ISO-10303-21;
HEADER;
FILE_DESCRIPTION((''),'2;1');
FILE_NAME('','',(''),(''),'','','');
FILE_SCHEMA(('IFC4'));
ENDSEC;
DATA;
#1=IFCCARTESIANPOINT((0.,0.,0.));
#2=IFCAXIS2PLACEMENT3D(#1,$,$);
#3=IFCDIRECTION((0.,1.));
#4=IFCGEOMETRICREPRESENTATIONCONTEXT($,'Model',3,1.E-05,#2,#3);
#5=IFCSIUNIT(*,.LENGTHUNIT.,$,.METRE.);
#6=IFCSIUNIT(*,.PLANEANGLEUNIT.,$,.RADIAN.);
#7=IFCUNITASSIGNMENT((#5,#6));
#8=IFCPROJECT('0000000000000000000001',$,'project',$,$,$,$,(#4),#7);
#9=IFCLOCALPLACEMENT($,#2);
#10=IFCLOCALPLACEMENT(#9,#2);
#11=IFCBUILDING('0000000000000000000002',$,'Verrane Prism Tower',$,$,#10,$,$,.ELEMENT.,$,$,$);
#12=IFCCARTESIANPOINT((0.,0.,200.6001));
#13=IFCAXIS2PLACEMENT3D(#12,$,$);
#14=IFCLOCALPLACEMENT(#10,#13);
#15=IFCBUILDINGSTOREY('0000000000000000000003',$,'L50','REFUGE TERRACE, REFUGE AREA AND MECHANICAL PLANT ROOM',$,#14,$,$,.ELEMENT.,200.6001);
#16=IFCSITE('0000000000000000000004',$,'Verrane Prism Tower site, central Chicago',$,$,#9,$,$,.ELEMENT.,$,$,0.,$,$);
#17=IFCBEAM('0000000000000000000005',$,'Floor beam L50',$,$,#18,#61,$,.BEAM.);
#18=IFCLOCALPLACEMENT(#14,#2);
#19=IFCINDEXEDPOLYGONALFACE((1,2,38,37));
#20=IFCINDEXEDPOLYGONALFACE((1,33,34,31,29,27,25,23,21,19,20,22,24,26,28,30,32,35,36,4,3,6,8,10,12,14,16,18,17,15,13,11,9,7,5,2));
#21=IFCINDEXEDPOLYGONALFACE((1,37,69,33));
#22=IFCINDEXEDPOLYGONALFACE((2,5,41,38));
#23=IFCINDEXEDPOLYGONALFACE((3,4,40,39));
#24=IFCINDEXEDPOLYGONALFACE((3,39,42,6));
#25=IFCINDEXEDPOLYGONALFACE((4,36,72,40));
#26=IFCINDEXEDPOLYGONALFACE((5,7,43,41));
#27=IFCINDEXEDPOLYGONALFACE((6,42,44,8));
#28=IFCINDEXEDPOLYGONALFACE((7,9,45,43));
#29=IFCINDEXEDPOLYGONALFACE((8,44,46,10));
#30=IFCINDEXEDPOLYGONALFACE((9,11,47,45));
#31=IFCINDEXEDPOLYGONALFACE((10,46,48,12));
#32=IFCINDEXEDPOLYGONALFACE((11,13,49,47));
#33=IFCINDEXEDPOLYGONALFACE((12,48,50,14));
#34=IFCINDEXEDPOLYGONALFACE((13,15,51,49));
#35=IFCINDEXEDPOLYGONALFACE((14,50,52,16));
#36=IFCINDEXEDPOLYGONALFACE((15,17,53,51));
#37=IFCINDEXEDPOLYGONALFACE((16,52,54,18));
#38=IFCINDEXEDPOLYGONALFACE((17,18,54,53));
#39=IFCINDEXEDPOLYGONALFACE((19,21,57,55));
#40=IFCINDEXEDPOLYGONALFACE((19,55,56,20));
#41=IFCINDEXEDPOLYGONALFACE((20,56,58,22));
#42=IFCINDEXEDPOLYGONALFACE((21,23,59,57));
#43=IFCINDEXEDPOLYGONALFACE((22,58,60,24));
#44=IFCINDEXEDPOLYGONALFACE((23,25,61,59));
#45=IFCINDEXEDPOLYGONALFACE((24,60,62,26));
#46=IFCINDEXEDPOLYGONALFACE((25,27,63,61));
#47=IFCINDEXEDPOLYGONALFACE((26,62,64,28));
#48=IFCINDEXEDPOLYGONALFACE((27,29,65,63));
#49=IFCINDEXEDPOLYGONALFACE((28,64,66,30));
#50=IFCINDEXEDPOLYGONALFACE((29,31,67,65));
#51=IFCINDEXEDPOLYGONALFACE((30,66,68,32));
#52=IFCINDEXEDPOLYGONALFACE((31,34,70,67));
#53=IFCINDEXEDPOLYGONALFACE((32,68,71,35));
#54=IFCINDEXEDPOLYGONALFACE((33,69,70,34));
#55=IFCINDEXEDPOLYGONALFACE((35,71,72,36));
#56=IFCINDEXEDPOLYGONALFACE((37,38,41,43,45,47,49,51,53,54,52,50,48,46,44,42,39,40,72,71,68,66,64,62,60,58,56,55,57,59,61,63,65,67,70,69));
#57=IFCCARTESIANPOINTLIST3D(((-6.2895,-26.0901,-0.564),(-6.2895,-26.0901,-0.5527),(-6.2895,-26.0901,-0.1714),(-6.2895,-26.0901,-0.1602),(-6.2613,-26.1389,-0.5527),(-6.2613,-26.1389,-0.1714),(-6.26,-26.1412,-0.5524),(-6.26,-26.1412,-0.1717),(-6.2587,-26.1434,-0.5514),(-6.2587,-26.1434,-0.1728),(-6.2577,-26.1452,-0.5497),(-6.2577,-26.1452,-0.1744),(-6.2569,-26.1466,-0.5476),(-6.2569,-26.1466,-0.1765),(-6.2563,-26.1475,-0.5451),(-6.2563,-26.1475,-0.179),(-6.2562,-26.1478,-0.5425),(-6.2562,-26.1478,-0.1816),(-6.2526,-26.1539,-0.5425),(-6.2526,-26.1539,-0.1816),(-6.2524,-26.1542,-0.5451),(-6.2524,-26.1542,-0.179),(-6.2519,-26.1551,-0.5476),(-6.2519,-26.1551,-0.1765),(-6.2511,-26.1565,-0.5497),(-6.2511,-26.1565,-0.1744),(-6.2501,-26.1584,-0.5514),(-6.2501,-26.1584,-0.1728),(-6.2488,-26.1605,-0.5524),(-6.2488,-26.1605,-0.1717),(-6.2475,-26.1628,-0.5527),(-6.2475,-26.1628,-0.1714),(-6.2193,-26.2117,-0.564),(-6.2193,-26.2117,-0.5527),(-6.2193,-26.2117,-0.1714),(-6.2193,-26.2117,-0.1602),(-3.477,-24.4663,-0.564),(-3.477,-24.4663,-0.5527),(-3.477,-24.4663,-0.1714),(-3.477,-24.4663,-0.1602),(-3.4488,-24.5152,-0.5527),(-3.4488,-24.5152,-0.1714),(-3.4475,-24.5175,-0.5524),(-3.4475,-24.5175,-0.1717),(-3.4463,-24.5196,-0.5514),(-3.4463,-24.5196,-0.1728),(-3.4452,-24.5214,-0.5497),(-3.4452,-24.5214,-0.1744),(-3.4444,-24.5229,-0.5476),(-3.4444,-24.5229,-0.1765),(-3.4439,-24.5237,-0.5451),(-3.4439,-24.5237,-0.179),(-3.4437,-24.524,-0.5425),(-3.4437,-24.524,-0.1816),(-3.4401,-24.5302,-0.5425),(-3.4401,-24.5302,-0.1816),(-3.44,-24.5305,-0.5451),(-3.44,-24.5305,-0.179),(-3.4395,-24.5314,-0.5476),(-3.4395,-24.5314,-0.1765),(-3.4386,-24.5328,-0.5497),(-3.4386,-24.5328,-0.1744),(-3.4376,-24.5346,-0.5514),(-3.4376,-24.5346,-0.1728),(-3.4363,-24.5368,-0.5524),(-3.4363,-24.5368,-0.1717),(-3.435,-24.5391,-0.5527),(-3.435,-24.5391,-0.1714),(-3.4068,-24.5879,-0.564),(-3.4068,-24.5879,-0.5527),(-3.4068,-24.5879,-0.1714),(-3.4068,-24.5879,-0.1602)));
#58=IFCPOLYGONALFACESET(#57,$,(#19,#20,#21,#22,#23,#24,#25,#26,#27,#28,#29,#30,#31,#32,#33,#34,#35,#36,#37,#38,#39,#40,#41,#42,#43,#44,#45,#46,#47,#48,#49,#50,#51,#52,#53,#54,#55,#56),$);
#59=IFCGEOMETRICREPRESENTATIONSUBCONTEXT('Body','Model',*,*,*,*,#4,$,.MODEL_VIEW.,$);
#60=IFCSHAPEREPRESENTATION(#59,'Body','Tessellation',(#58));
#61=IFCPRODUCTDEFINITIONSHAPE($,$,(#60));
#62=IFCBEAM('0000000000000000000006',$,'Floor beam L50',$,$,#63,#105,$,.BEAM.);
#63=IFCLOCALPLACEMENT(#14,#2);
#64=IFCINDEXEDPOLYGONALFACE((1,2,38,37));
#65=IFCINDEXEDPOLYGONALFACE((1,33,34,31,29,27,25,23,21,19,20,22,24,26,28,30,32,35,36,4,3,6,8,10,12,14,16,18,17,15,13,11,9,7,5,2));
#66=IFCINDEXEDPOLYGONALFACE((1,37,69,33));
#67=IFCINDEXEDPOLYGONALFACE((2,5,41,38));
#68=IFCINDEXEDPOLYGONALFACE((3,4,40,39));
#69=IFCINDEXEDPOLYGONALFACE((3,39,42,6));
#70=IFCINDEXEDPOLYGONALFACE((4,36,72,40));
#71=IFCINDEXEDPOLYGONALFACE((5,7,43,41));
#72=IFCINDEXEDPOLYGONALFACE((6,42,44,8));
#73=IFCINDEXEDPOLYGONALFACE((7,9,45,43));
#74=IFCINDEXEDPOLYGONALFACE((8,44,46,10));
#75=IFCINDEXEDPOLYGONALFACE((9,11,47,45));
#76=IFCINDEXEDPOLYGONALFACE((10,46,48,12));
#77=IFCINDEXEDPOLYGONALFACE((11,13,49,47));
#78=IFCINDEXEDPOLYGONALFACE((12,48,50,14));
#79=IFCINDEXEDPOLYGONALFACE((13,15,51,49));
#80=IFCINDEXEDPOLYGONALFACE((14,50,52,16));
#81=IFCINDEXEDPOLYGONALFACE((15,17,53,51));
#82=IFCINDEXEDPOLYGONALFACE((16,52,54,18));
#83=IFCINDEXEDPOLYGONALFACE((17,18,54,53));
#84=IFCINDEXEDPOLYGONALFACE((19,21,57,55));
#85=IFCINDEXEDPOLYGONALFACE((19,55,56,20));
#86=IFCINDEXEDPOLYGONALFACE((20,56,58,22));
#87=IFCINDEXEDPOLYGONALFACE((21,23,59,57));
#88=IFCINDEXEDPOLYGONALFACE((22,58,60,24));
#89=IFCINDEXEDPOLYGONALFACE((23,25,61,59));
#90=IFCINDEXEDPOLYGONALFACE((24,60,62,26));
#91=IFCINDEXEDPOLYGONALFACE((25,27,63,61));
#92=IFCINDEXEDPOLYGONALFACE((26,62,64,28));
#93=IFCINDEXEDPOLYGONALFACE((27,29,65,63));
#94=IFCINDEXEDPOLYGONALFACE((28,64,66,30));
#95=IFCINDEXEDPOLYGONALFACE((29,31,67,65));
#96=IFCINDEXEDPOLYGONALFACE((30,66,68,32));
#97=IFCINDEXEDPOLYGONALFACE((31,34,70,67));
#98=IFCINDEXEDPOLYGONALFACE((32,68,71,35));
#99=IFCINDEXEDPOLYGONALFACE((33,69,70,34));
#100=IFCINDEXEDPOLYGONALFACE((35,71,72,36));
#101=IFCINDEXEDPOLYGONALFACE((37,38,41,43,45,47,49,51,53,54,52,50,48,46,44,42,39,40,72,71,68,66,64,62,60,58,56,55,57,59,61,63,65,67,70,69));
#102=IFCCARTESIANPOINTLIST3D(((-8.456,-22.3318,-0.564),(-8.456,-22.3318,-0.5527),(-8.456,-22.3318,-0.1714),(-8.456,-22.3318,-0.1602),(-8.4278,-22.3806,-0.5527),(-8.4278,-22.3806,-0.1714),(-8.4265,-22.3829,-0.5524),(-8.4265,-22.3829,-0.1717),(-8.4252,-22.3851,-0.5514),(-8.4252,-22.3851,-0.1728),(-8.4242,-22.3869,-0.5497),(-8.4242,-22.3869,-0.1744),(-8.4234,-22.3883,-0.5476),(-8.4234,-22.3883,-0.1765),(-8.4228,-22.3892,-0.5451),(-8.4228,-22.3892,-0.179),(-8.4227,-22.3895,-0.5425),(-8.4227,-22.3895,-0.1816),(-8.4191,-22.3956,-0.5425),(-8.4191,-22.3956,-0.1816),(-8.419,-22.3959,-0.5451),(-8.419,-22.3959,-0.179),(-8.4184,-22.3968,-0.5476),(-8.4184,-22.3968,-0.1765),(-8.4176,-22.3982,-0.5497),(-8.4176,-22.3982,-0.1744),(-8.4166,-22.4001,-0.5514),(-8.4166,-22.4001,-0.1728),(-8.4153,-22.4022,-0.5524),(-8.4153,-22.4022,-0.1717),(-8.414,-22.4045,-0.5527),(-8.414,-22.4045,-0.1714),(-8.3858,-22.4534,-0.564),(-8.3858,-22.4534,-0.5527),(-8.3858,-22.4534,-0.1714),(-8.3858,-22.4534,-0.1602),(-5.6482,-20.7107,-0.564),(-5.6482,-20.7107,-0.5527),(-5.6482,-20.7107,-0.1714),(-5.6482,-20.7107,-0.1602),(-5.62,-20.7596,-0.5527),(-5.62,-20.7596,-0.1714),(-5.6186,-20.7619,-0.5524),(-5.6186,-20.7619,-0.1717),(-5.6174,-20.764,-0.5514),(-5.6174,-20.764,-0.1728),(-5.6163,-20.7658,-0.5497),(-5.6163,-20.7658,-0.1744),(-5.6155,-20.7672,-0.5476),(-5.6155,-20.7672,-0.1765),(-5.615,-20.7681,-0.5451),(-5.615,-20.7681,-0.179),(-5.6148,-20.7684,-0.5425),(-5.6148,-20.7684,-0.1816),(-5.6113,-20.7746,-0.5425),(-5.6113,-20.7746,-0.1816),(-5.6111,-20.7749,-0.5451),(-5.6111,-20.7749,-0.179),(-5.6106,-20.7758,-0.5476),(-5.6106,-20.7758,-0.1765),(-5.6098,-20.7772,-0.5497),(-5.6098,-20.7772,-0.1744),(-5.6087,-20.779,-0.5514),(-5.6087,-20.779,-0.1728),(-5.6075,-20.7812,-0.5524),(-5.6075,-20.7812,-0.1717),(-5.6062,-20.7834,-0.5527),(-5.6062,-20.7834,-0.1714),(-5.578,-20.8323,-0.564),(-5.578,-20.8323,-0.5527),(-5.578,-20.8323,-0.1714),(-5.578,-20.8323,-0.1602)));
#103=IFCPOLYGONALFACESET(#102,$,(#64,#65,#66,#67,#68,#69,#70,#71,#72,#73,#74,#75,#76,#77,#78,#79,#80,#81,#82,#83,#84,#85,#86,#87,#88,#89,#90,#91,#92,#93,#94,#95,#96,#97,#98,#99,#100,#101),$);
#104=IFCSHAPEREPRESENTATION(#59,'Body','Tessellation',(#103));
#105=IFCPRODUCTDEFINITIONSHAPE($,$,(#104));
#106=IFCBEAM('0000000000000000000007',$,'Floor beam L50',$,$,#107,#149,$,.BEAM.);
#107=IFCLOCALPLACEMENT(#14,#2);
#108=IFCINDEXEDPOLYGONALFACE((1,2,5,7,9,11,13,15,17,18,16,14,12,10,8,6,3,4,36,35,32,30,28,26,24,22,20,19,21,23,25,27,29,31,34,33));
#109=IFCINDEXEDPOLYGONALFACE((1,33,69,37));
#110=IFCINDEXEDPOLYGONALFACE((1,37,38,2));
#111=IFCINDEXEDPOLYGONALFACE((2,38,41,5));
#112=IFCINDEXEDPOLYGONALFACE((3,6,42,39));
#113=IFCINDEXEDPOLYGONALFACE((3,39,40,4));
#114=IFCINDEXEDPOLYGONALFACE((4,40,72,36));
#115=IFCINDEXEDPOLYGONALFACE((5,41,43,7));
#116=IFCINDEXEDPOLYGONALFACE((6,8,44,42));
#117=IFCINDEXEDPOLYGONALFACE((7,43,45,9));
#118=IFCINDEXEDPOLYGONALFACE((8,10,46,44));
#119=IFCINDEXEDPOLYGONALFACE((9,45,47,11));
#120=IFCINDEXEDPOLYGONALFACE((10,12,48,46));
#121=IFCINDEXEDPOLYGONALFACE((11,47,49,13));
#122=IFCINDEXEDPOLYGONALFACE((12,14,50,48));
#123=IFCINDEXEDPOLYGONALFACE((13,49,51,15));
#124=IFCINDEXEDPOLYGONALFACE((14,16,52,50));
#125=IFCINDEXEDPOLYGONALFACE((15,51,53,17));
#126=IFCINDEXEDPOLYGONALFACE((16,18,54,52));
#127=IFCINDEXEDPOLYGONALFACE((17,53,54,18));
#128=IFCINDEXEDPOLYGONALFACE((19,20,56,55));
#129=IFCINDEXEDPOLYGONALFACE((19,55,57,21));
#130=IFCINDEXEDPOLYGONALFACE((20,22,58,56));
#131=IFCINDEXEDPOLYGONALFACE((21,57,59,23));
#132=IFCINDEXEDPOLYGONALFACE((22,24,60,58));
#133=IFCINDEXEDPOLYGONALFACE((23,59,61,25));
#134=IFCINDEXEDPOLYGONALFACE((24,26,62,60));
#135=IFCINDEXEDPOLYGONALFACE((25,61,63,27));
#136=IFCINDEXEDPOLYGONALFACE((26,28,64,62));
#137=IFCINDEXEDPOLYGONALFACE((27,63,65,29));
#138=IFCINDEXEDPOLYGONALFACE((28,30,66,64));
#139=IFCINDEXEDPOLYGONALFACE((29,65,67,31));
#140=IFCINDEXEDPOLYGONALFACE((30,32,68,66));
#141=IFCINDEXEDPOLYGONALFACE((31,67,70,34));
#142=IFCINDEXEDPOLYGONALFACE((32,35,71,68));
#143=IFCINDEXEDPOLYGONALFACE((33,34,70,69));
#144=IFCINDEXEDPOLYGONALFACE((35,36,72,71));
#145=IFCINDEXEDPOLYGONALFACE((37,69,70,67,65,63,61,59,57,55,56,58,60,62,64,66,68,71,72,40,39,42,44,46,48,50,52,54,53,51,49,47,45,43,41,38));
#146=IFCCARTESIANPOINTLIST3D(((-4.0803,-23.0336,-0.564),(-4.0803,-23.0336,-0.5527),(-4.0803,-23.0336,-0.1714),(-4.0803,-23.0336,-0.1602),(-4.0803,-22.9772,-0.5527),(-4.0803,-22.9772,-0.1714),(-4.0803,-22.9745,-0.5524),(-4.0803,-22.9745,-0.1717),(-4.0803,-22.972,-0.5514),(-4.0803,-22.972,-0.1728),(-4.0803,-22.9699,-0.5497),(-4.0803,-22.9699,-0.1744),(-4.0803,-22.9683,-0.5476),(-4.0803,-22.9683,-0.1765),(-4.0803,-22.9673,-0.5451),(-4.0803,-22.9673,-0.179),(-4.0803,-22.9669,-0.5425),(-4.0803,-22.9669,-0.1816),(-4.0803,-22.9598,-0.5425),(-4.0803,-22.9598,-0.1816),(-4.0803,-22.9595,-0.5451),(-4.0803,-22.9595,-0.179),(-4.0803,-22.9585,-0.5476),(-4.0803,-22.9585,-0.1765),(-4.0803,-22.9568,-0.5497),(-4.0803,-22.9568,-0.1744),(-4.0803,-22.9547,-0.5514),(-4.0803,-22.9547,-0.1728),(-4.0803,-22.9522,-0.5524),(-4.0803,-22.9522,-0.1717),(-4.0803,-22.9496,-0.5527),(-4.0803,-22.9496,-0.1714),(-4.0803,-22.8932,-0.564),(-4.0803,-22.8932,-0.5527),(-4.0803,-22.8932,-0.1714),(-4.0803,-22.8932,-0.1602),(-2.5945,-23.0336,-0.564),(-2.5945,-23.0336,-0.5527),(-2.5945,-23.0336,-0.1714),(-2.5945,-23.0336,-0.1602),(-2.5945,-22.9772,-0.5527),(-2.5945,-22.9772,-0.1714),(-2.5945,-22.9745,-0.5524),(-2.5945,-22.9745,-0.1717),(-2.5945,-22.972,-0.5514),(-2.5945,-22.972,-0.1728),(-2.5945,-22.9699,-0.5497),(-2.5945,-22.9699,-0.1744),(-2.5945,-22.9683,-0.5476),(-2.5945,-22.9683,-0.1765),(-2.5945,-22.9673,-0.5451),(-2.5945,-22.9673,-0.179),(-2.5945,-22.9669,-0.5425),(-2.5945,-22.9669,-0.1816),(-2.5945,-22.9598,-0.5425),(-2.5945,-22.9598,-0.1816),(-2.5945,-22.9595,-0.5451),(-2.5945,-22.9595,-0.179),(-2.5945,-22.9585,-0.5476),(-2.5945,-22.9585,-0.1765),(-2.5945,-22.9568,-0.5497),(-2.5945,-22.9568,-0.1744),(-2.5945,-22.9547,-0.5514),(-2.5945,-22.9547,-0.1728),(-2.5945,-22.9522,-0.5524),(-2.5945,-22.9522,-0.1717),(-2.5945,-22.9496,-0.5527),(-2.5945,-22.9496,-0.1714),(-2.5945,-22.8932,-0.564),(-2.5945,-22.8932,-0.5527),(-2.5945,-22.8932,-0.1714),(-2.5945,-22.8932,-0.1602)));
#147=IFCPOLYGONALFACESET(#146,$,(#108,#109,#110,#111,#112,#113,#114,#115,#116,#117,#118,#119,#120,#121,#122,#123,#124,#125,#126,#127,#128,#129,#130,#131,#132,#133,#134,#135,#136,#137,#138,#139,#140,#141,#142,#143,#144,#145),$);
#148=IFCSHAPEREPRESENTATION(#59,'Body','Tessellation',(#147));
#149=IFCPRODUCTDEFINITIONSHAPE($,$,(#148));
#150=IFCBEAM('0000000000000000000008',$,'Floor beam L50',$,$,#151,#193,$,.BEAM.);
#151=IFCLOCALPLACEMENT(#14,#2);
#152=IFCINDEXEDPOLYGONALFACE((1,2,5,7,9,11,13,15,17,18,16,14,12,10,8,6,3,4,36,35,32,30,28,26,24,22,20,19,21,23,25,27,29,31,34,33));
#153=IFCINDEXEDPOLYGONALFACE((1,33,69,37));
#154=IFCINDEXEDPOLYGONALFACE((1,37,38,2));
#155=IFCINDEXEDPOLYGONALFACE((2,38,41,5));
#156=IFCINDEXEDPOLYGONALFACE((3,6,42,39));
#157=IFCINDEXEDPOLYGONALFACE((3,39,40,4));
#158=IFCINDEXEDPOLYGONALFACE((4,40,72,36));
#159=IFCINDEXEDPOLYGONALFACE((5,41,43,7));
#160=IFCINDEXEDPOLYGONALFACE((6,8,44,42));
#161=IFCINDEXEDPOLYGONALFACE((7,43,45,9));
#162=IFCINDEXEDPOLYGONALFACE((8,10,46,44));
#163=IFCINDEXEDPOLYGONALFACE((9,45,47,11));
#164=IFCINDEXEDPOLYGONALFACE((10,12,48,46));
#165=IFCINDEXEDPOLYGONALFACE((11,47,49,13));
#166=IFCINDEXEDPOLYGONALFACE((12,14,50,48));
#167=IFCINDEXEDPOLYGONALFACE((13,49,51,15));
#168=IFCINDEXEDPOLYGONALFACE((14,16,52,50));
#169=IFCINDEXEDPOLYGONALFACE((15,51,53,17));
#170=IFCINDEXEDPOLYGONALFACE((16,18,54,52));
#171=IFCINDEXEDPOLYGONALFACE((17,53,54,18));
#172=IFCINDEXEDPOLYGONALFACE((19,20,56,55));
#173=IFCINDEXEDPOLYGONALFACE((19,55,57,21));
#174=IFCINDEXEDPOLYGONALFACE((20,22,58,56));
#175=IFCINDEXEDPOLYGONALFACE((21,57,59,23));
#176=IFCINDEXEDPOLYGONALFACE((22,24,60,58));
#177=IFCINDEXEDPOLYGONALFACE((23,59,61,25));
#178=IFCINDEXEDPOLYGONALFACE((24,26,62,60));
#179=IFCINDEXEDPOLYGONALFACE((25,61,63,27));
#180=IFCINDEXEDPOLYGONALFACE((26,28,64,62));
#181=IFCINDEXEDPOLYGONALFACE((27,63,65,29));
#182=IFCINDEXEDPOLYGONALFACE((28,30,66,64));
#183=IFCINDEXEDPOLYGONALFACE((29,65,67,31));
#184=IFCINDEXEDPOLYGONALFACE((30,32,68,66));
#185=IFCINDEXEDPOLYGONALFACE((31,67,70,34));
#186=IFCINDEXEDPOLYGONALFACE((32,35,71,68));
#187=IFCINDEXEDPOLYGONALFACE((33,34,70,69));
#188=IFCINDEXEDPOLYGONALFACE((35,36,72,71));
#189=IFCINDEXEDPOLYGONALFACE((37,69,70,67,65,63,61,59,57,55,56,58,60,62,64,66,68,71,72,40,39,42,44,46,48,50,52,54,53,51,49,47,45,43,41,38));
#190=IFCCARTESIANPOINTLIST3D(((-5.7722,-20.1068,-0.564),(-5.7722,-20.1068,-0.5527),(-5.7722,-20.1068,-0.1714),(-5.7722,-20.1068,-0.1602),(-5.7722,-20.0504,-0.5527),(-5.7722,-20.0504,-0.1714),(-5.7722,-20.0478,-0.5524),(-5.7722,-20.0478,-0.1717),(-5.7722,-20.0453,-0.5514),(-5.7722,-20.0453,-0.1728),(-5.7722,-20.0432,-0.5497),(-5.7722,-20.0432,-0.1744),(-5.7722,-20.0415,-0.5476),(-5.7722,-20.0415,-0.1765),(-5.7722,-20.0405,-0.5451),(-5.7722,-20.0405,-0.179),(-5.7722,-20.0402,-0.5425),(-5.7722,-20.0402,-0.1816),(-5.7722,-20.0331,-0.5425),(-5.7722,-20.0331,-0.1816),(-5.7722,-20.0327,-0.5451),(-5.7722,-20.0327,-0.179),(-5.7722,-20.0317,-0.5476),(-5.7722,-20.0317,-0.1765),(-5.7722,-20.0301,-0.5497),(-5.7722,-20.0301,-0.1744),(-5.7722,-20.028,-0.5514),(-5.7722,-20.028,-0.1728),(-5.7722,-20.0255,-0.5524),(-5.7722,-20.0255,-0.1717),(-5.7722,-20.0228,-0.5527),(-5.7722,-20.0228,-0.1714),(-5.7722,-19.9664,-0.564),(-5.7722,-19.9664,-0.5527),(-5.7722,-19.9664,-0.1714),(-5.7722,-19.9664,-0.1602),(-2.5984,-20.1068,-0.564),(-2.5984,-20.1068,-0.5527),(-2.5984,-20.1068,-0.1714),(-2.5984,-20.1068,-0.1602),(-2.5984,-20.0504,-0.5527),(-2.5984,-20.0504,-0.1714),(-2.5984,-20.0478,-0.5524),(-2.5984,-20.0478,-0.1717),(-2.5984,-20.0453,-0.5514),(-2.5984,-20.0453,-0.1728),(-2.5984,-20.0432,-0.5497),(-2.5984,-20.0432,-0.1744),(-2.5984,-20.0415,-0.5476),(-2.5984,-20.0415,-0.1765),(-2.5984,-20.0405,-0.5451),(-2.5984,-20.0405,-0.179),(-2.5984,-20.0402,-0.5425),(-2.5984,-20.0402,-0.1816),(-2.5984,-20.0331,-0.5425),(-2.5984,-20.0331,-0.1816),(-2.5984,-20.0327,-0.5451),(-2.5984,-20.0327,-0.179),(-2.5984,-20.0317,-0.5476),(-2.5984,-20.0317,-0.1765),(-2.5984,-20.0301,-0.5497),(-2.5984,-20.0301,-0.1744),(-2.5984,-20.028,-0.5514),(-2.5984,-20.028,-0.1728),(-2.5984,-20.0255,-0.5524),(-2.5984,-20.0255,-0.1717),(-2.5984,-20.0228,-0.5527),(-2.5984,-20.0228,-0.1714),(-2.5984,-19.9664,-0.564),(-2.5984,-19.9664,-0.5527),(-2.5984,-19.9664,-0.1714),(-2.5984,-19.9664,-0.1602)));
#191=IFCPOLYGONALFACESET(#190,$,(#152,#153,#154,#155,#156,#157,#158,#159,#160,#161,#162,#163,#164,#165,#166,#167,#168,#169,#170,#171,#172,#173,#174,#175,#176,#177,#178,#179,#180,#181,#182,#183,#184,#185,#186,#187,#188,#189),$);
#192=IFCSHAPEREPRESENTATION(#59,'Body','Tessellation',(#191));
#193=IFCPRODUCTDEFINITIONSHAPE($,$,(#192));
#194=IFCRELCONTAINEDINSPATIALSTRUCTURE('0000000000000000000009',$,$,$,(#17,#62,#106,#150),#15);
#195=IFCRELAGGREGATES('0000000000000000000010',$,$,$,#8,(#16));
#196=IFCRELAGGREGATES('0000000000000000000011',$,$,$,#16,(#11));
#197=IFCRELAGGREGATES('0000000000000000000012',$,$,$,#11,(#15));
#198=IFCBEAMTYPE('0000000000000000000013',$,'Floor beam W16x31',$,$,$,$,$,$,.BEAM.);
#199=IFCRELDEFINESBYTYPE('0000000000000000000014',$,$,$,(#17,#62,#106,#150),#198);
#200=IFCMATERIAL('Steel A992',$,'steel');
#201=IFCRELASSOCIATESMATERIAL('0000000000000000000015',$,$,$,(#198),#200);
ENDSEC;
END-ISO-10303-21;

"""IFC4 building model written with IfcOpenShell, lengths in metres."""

from ifc_helpers import new_model, si_unit, direction, frame, origin, origin_2d, place, context, subcontext, project, spatial, i_section, extrude, material, material_profile, profile_set, type_object, element, save


model = new_model("IFC4")

# Units and contexts
model_context = context("Model", 3, precision=1e-05, world=origin(), true_north=direction((0.0, 1.0)))
body_context = subcontext(model_context, "Body", "Model", "MODEL_VIEW")
ifc_project = project(units=[si_unit("LENGTHUNIT", "METRE"), si_unit("PLANEANGLEUNIT", "RADIAN")], contexts=[model_context])

# Site, building, storey
site_placement = place(None, origin())
site = spatial("IfcSite", under=ifc_project, at=site_placement, Name="Verrane Prism Tower site, central Chicago", CompositionType="ELEMENT", RefElevation=0.0)
building_placement = place(site_placement, origin())
building = spatial("IfcBuilding", under=site, at=building_placement, Name="Verrane Prism Tower", CompositionType="ELEMENT")
storey_placement = place(building_placement, frame((0.0, 0.0, 200.6001)))
storey = spatial("IfcBuildingStorey", under=building, at=storey_placement, Name="L50", Description="REFUGE TERRACE, REFUGE AREA AND MECHANICAL PLANT ROOM", CompositionType="ELEMENT", Elevation=200.6001)

# Beams
ifc_material_1 = material(Name="Steel A992", Category="steel")
ifc_material_profile_1 = material_profile(ifc_material_1, i_section(OverallWidth=0.1404, OverallDepth=0.4038, WebThickness=0.0071, FlangeThickness=0.0112, FilletRadius=0.0103, at=origin_2d()), Name="W16x31")
ifc_profile_set_1 = profile_set([ifc_material_profile_1], Name="Steel A992")
beam_type_1 = type_object("IfcBeamType", Name="Floor beam W16x31", PredefinedType="BEAM", material=ifc_profile_set_1)
beam_1_placement = place(storey_placement, frame((-6.2544, -26.1509, -0.3621), z_axis=(0.866028, 0.499996, 0.0), x_axis=(-0.499996, 0.866028, 0.0)))
element("IfcBeam", 1, at=beam_1_placement, inside=storey, type_object=beam_type_1, Name="Floor beam L50", PredefinedType="BEAM", context=body_context, shape_type="SweptSolid", body=[
    extrude(i_section(OverallWidth=0.1404, OverallDepth=0.4038, WebThickness=0.0071, FlangeThickness=0.0112, FilletRadius=0.0103, at=origin_2d()), origin(), (0.0, 0.0, 1.0), 3.2476),
])
beam_2_placement = place(storey_placement, frame((-8.4209, -22.3926, -0.3621), z_axis=(0.866029, 0.499994, 0.0), x_axis=(-0.499994, 0.866029, 0.0)))
element("IfcBeam", 2, at=beam_2_placement, inside=storey, type_object=beam_type_1, Name="Floor beam L50", PredefinedType="BEAM", context=body_context, shape_type="SweptSolid", body=[
    extrude(i_section(OverallWidth=0.1404, OverallDepth=0.4038, WebThickness=0.0071, FlangeThickness=0.0112, FilletRadius=0.0103, at=origin_2d()), origin(), (0.0, 0.0, 1.0), 3.2422),
])
beam_3_placement = place(storey_placement, frame((-4.0803, -22.9634, -0.3621), z_axis=(1.0, 0.0, 0.0), x_axis=(0.0, 1.0, 0.0)))
element("IfcBeam", 3, at=beam_3_placement, inside=storey, type_object=beam_type_1, Name="Floor beam L50", PredefinedType="BEAM", context=body_context, shape_type="SweptSolid", body=[
    extrude(i_section(OverallWidth=0.1404, OverallDepth=0.4038, WebThickness=0.0071, FlangeThickness=0.0112, FilletRadius=0.0103, at=origin_2d()), origin(), (0.0, 0.0, 1.0), 1.4858),
])
beam_4_placement = place(storey_placement, frame((-5.7722, -20.0366, -0.3621), z_axis=(1.0, 0.0, 0.0), x_axis=(0.0, 1.0, 0.0)))
element("IfcBeam", 4, at=beam_4_placement, inside=storey, type_object=beam_type_1, Name="Floor beam L50", PredefinedType="BEAM", context=body_context, shape_type="SweptSolid", body=[
    extrude(i_section(OverallWidth=0.1404, OverallDepth=0.4038, WebThickness=0.0071, FlangeThickness=0.0112, FilletRadius=0.0103, at=origin_2d()), origin(), (0.0, 0.0, 1.0), 3.1738),
])

save(model, "model.ifc")
